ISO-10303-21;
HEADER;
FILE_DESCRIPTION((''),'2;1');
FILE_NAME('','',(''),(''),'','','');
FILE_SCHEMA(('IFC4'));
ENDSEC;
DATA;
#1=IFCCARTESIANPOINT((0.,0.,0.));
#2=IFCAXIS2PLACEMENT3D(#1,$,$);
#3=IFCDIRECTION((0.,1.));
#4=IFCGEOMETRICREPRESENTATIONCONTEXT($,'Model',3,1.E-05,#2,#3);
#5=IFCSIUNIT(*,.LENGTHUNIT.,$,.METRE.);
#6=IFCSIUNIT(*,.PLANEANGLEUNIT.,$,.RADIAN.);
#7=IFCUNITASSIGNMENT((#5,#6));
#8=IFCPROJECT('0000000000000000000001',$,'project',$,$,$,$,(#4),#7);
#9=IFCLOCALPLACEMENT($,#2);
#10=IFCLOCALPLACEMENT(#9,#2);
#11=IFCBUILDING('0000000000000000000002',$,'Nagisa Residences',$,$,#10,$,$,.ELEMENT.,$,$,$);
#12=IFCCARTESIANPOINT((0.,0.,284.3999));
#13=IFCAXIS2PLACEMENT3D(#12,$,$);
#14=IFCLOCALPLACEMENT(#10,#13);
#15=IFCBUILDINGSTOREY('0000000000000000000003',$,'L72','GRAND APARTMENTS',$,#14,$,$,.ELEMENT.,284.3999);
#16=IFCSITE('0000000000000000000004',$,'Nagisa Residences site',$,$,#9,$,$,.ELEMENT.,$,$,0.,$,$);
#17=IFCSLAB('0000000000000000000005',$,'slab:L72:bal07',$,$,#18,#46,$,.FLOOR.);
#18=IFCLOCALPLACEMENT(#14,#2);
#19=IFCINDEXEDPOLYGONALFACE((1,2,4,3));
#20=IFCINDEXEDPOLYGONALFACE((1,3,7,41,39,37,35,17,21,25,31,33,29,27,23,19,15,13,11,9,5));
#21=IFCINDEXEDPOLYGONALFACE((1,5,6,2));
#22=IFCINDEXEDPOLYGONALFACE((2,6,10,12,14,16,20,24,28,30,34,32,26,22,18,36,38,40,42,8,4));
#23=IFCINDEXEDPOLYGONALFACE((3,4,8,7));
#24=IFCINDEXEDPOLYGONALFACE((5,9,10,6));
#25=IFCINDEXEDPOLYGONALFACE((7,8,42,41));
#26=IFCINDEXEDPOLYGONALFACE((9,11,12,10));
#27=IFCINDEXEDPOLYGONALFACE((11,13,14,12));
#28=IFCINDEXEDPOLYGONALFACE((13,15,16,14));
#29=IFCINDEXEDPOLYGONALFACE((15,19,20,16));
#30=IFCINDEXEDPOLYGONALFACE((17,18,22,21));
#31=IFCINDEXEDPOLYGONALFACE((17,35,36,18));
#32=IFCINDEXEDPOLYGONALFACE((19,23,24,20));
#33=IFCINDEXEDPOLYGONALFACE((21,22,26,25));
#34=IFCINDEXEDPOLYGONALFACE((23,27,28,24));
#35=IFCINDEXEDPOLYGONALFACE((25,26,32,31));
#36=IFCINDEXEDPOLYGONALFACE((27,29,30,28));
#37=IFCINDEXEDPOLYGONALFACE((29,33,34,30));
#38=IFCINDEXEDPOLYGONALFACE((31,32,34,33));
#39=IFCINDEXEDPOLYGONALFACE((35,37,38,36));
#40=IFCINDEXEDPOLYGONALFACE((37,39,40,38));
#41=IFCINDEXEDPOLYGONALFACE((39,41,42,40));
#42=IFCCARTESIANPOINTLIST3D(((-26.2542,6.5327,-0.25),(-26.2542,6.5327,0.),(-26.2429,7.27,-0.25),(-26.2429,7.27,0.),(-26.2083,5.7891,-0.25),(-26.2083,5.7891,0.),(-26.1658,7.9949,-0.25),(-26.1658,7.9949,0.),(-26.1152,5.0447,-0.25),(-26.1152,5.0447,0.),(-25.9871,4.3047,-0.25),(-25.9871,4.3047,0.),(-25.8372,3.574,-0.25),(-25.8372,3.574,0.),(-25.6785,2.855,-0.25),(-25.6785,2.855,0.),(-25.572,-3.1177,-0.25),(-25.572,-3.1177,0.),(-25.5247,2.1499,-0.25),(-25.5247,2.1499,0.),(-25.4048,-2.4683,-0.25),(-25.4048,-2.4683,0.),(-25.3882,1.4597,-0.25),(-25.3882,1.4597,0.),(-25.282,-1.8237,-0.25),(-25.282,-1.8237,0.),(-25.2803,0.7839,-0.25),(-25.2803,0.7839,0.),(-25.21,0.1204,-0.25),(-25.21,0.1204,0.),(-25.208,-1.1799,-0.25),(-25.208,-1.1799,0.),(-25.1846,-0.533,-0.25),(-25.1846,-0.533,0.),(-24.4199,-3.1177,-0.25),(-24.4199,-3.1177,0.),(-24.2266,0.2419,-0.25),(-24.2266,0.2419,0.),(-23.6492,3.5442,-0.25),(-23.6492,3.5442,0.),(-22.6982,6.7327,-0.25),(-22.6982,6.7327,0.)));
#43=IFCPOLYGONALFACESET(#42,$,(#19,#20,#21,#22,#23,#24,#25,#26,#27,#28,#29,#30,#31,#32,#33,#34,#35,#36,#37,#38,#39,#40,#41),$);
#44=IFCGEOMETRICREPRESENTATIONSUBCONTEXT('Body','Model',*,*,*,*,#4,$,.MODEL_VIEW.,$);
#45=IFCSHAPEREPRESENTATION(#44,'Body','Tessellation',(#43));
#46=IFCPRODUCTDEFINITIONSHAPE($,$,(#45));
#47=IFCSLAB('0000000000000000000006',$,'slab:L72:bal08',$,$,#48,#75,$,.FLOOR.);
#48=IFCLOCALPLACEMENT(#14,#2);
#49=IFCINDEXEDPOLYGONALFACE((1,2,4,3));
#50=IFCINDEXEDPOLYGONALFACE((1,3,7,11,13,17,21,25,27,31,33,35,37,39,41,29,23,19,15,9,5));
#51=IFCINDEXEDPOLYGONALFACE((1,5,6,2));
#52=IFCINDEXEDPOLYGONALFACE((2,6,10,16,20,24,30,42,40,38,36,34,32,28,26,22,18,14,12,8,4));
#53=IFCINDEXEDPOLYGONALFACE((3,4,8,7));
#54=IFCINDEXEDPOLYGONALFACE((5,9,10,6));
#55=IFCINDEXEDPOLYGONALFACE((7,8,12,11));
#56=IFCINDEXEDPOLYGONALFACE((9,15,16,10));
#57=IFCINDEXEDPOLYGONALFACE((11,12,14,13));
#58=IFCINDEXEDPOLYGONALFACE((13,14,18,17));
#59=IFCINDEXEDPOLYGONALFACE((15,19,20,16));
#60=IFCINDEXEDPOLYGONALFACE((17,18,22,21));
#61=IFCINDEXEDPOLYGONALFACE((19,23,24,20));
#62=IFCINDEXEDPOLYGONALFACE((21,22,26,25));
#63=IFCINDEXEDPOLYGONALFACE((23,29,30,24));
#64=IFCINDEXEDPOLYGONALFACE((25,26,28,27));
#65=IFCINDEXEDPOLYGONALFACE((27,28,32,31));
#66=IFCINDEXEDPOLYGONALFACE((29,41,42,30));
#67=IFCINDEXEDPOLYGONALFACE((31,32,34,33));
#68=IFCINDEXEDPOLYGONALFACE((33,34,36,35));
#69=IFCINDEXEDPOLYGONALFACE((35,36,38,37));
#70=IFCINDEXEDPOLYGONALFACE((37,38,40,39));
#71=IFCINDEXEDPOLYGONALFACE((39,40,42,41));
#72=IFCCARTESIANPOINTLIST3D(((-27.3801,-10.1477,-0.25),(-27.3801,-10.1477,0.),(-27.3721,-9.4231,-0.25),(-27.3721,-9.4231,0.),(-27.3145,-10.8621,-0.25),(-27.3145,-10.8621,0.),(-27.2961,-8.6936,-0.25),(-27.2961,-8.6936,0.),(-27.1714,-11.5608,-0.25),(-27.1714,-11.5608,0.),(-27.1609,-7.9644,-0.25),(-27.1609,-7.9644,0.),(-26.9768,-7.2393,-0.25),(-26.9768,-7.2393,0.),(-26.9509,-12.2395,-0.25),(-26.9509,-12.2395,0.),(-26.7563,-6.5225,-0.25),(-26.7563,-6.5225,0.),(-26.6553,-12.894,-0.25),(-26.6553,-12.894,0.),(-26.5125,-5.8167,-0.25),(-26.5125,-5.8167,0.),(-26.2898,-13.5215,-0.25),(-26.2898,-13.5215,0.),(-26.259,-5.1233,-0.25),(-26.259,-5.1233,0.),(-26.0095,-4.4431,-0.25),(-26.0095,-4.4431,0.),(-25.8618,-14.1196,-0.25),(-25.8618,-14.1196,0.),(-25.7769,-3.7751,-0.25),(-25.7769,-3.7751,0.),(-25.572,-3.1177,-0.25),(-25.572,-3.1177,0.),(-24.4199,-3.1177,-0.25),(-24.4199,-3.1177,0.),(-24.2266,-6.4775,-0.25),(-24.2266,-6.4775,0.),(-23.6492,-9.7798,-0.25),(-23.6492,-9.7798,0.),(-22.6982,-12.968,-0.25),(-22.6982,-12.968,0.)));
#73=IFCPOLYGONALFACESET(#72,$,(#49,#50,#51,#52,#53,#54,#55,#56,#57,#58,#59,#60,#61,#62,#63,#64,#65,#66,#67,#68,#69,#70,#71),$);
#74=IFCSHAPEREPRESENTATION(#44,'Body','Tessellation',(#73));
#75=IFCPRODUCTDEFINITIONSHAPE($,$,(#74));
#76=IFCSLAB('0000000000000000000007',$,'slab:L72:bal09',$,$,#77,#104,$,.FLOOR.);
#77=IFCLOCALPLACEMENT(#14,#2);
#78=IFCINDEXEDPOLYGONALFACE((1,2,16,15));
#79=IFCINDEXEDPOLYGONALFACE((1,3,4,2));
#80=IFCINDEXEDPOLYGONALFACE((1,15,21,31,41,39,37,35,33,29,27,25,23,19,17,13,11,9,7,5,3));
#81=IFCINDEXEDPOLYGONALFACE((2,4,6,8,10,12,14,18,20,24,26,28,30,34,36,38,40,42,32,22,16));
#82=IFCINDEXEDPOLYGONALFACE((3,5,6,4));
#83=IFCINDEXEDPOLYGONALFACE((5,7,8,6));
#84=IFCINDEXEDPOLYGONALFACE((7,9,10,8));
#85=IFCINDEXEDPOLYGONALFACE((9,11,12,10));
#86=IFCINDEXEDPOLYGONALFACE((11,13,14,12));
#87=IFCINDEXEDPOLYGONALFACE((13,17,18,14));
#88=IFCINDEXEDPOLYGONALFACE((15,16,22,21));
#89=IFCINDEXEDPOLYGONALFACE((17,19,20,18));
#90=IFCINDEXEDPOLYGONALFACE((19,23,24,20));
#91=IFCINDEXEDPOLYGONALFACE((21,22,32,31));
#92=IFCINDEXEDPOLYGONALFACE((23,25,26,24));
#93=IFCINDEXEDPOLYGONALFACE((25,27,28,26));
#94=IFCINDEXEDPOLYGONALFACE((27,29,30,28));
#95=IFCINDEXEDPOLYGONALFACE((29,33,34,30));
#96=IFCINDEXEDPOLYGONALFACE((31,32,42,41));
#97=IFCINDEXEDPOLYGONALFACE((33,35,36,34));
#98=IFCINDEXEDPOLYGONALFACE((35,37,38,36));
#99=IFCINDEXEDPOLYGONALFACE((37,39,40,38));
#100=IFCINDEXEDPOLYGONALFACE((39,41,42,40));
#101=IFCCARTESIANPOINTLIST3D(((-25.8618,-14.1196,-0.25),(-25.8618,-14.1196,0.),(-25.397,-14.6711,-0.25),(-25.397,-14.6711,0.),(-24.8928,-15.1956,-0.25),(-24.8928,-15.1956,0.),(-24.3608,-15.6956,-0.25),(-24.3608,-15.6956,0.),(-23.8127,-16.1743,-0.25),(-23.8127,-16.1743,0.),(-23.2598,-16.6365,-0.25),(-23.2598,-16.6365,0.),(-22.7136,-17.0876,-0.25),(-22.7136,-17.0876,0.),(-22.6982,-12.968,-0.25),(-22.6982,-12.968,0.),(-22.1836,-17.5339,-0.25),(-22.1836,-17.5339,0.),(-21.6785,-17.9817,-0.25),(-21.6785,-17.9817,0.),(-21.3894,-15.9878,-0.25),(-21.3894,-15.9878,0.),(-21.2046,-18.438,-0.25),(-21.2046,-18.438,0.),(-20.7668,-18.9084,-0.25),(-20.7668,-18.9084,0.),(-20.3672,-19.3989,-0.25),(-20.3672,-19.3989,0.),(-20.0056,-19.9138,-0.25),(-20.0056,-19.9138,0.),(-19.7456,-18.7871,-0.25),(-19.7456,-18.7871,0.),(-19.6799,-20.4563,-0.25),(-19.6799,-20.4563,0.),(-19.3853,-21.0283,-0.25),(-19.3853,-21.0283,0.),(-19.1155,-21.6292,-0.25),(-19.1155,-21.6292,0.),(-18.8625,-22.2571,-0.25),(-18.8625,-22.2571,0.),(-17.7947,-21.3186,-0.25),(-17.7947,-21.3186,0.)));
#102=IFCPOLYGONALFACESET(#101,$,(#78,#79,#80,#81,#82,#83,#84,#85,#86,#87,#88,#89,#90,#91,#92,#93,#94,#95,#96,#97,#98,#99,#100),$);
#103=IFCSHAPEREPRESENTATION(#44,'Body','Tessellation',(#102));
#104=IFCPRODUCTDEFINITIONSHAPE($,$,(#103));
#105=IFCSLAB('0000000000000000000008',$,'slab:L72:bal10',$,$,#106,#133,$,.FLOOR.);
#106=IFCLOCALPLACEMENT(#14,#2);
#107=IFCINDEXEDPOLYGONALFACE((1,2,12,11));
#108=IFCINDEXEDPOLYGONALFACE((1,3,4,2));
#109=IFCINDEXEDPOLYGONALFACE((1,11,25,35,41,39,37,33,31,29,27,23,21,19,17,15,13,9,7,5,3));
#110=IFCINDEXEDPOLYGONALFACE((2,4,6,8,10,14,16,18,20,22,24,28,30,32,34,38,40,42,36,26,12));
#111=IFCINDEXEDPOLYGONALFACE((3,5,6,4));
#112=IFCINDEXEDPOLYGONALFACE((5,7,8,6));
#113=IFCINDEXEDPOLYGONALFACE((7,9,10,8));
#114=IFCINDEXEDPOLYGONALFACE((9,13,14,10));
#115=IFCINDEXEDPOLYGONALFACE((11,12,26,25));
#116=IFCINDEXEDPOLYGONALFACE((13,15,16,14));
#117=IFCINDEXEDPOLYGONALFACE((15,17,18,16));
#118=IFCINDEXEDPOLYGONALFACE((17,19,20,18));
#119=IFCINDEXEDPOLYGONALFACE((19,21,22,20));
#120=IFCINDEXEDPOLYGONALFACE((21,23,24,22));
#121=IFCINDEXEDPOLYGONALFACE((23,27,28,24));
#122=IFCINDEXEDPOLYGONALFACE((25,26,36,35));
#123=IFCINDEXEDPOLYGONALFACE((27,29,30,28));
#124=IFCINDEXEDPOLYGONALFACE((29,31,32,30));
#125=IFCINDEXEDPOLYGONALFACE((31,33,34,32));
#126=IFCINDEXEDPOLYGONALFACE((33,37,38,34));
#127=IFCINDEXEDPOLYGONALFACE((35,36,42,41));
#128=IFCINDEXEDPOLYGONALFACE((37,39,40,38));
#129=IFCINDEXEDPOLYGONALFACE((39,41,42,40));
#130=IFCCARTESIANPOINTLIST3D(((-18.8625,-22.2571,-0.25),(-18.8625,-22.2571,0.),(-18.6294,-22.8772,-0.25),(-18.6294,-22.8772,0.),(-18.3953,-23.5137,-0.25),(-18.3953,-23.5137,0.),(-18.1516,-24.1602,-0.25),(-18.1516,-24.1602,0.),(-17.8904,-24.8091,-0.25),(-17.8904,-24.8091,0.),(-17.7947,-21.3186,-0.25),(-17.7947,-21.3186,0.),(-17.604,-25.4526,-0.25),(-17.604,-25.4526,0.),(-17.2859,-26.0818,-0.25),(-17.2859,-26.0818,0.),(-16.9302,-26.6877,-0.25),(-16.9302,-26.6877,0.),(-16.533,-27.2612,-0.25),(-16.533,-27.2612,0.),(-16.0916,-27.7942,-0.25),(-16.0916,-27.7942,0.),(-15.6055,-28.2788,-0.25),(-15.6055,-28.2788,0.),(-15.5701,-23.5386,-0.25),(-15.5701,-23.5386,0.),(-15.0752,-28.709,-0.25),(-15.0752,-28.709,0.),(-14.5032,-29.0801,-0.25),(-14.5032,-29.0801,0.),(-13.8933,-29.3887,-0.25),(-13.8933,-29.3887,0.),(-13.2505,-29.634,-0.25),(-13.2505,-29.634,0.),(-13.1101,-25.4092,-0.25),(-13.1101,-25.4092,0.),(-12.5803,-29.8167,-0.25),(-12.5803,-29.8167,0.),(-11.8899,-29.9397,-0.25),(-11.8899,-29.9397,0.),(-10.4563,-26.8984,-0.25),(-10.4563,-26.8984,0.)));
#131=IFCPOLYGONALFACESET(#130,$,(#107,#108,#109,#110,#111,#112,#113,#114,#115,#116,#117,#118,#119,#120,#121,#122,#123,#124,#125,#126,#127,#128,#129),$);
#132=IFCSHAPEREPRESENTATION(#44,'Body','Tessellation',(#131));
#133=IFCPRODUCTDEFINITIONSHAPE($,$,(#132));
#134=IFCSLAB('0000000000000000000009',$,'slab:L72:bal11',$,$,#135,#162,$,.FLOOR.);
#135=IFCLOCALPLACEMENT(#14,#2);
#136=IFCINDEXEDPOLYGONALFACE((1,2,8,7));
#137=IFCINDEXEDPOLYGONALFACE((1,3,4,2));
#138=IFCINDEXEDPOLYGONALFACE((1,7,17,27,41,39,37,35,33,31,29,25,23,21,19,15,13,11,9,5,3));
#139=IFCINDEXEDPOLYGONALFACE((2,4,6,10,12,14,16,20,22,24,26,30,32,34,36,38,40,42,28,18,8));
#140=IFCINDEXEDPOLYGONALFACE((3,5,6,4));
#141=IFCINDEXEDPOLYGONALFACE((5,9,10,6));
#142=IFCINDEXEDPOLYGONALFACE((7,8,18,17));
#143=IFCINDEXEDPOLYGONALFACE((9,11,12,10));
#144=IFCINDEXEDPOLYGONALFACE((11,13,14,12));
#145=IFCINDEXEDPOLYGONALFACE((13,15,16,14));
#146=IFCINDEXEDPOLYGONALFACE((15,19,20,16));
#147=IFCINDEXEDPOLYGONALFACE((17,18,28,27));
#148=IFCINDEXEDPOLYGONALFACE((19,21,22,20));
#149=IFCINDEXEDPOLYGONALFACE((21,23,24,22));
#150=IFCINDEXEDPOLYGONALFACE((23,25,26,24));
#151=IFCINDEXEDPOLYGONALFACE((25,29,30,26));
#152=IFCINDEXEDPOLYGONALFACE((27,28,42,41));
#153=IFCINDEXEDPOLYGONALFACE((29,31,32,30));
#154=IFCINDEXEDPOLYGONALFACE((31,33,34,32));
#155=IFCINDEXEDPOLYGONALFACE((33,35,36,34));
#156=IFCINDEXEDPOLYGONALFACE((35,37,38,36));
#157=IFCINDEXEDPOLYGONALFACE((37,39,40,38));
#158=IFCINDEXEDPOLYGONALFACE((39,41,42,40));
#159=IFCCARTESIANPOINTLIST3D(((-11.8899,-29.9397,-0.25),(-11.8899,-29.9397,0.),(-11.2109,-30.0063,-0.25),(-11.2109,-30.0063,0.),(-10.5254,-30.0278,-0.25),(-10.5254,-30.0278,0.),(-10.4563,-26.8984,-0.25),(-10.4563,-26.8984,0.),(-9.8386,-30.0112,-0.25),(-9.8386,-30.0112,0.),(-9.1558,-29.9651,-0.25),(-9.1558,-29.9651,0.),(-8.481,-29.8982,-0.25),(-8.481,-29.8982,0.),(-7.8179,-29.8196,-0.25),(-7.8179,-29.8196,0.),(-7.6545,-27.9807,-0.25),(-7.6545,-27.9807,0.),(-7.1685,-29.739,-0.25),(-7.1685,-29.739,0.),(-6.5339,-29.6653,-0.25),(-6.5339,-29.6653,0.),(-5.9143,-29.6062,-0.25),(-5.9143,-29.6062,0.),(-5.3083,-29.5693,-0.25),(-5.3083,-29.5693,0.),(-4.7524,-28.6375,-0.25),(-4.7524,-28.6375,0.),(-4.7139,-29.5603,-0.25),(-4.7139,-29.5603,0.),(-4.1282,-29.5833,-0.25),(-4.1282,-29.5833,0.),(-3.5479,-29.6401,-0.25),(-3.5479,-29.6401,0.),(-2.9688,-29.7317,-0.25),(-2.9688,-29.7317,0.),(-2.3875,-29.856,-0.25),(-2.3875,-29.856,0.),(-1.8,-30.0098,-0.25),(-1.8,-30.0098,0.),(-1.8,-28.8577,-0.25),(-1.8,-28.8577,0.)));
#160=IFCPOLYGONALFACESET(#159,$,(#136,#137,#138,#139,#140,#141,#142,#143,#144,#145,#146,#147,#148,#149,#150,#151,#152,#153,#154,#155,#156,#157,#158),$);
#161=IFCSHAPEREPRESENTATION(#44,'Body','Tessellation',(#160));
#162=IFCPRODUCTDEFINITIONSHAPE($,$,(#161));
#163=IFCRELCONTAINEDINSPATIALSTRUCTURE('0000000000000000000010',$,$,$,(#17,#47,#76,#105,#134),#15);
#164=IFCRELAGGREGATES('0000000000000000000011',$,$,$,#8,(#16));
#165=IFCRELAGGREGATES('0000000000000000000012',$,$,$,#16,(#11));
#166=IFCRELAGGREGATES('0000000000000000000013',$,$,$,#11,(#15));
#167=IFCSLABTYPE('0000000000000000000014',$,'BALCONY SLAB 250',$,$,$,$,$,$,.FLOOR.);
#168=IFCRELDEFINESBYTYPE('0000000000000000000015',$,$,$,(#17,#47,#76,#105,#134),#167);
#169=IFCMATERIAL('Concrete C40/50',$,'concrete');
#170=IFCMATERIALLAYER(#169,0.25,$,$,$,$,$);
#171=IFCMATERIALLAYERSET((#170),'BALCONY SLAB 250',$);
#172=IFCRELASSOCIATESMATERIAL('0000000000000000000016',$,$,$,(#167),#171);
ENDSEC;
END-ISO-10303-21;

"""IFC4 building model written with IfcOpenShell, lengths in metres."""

from ifc_helpers import new_model, si_unit, direction, frame, origin, place, context, subcontext, project, spatial, polyline, outline, extrude, material, layer, layer_set, type_object, element, save


model = new_model("IFC4")

# Units and contexts
model_context = context("Model", 3, precision=1e-05, world=origin(), true_north=direction((0.0, 1.0)))
body_context = subcontext(model_context, "Body", "Model", "MODEL_VIEW")
ifc_project = project(units=[si_unit("LENGTHUNIT", "METRE"), si_unit("PLANEANGLEUNIT", "RADIAN")], contexts=[model_context])

# Site, building, storey
site_placement = place(None, origin())
site = spatial("IfcSite", under=ifc_project, at=site_placement, Name="Nagisa Residences site", CompositionType="ELEMENT", RefElevation=0.0)
building_placement = place(site_placement, origin())
building = spatial("IfcBuilding", under=site, at=building_placement, Name="Nagisa Residences", CompositionType="ELEMENT")
storey_placement = place(building_placement, frame((0.0, 0.0, 284.3999)))
storey = spatial("IfcBuildingStorey", under=building, at=storey_placement, Name="L72", Description="GRAND APARTMENTS", CompositionType="ELEMENT", Elevation=284.3999)

# Slabs
ifc_material_1 = material(Name="Concrete C40/50", Category="concrete")
ifc_layer_1 = layer(ifc_material_1, 0.25)
ifc_layer_set_1 = layer_set([ifc_layer_1], Name="BALCONY SLAB 250")
slab_type = type_object("IfcSlabType", Name="BALCONY SLAB 250", PredefinedType="FLOOR", material=ifc_layer_set_1)
slab_1_placement = place(storey_placement, frame((0.0, 0.0, -0.25)))
element("IfcSlab", 1, at=slab_1_placement, inside=storey, type_object=slab_type, Name="slab:L72:bal07", PredefinedType="FLOOR", context=body_context, shape_type="SweptSolid", body=[
    extrude(outline(polyline([(-26.1658, 7.9949), (-26.2429, 7.27), (-26.2542, 6.5327), (-26.2083, 5.7891), (-26.1152, 5.0447), (-25.9871, 4.3047), (-25.8372, 3.574), (-25.6785, 2.855), (-25.5247, 2.1499), (-25.3882, 1.4597), (-25.2803, 0.7839), (-25.21, 0.1204), (-25.1846, -0.533), (-25.208, -1.1799), (-25.282, -1.8237), (-25.4048, -2.4683), (-25.572, -3.1177), (-24.4199, -3.1177), (-24.2266, 0.2419), (-23.6492, 3.5442), (-22.6982, 6.7327), (-26.1658, 7.9949)])), origin(), (0.0, 0.0, 1.0), 0.25),
])
slab_2_placement = place(storey_placement, frame((0.0, 0.0, -0.25)))
element("IfcSlab", 2, at=slab_2_placement, inside=storey, type_object=slab_type, Name="slab:L72:bal08", PredefinedType="FLOOR", context=body_context, shape_type="SweptSolid", body=[
    extrude(outline(polyline([(-25.572, -3.1177), (-25.7769, -3.7751), (-26.0095, -4.4431), (-26.259, -5.1233), (-26.5125, -5.8167), (-26.7563, -6.5225), (-26.9768, -7.2393), (-27.1609, -7.9644), (-27.2961, -8.6936), (-27.3721, -9.4231), (-27.3801, -10.1477), (-27.3145, -10.8621), (-27.1714, -11.5608), (-26.9509, -12.2395), (-26.6553, -12.894), (-26.2898, -13.5215), (-25.8618, -14.1196), (-22.6982, -12.968), (-23.6492, -9.7798), (-24.2266, -6.4775), (-24.4199, -3.1177), (-25.572, -3.1177)])), origin(), (0.0, 0.0, 1.0), 0.25),
])
slab_3_placement = place(storey_placement, frame((0.0, 0.0, -0.25)))
element("IfcSlab", 3, at=slab_3_placement, inside=storey, type_object=slab_type, Name="slab:L72:bal09", PredefinedType="FLOOR", context=body_context, shape_type="SweptSolid", body=[
    extrude(outline(polyline([(-25.8618, -14.1196), (-25.397, -14.6711), (-24.8928, -15.1956), (-24.3608, -15.6956), (-23.8127, -16.1743), (-23.2598, -16.6365), (-22.7136, -17.0876), (-22.1836, -17.5339), (-21.6785, -17.9817), (-21.2046, -18.438), (-20.7668, -18.9084), (-20.3672, -19.3989), (-20.0056, -19.9138), (-19.6799, -20.4563), (-19.3853, -21.0283), (-19.1155, -21.6292), (-18.8625, -22.2571), (-17.7947, -21.3186), (-19.7456, -18.7871), (-21.3894, -15.9878), (-22.6982, -12.968), (-25.8618, -14.1196)])), origin(), (0.0, 0.0, 1.0), 0.25),
])
slab_4_placement = place(storey_placement, frame((0.0, 0.0, -0.25)))
element("IfcSlab", 4, at=slab_4_placement, inside=storey, type_object=slab_type, Name="slab:L72:bal10", PredefinedType="FLOOR", context=body_context, shape_type="SweptSolid", body=[
    extrude(outline(polyline([(-18.8625, -22.2571), (-18.6294, -22.8772), (-18.3953, -23.5137), (-18.1516, -24.1602), (-17.8904, -24.8091), (-17.604, -25.4526), (-17.2859, -26.0818), (-16.9302, -26.6877), (-16.533, -27.2612), (-16.0916, -27.7942), (-15.6055, -28.2788), (-15.0752, -28.709), (-14.5032, -29.0801), (-13.8933, -29.3887), (-13.2505, -29.634), (-12.5803, -29.8167), (-11.8899, -29.9397), (-10.4563, -26.8984), (-13.1101, -25.4092), (-15.5701, -23.5386), (-17.7947, -21.3186), (-18.8625, -22.2571)])), origin(), (0.0, 0.0, 1.0), 0.25),
])
slab_5_placement = place(storey_placement, frame((0.0, 0.0, -0.25)))
element("IfcSlab", 5, at=slab_5_placement, inside=storey, type_object=slab_type, Name="slab:L72:bal11", PredefinedType="FLOOR", context=body_context, shape_type="SweptSolid", body=[
    extrude(outline(polyline([(-11.8899, -29.9397), (-11.2109, -30.0063), (-10.5254, -30.0278), (-9.8386, -30.0112), (-9.1558, -29.9651), (-8.481, -29.8982), (-7.8179, -29.8196), (-7.1685, -29.739), (-6.5339, -29.6653), (-5.9143, -29.6062), (-5.3083, -29.5693), (-4.7139, -29.5603), (-4.1282, -29.5833), (-3.5479, -29.6401), (-2.9688, -29.7317), (-2.3875, -29.856), (-1.8, -30.0098), (-1.8, -28.8577), (-4.7524, -28.6375), (-7.6545, -27.9807), (-10.4563, -26.8984), (-11.8899, -29.9397)])), origin(), (0.0, 0.0, 1.0), 0.25),
])

save(model, "model.ifc")
